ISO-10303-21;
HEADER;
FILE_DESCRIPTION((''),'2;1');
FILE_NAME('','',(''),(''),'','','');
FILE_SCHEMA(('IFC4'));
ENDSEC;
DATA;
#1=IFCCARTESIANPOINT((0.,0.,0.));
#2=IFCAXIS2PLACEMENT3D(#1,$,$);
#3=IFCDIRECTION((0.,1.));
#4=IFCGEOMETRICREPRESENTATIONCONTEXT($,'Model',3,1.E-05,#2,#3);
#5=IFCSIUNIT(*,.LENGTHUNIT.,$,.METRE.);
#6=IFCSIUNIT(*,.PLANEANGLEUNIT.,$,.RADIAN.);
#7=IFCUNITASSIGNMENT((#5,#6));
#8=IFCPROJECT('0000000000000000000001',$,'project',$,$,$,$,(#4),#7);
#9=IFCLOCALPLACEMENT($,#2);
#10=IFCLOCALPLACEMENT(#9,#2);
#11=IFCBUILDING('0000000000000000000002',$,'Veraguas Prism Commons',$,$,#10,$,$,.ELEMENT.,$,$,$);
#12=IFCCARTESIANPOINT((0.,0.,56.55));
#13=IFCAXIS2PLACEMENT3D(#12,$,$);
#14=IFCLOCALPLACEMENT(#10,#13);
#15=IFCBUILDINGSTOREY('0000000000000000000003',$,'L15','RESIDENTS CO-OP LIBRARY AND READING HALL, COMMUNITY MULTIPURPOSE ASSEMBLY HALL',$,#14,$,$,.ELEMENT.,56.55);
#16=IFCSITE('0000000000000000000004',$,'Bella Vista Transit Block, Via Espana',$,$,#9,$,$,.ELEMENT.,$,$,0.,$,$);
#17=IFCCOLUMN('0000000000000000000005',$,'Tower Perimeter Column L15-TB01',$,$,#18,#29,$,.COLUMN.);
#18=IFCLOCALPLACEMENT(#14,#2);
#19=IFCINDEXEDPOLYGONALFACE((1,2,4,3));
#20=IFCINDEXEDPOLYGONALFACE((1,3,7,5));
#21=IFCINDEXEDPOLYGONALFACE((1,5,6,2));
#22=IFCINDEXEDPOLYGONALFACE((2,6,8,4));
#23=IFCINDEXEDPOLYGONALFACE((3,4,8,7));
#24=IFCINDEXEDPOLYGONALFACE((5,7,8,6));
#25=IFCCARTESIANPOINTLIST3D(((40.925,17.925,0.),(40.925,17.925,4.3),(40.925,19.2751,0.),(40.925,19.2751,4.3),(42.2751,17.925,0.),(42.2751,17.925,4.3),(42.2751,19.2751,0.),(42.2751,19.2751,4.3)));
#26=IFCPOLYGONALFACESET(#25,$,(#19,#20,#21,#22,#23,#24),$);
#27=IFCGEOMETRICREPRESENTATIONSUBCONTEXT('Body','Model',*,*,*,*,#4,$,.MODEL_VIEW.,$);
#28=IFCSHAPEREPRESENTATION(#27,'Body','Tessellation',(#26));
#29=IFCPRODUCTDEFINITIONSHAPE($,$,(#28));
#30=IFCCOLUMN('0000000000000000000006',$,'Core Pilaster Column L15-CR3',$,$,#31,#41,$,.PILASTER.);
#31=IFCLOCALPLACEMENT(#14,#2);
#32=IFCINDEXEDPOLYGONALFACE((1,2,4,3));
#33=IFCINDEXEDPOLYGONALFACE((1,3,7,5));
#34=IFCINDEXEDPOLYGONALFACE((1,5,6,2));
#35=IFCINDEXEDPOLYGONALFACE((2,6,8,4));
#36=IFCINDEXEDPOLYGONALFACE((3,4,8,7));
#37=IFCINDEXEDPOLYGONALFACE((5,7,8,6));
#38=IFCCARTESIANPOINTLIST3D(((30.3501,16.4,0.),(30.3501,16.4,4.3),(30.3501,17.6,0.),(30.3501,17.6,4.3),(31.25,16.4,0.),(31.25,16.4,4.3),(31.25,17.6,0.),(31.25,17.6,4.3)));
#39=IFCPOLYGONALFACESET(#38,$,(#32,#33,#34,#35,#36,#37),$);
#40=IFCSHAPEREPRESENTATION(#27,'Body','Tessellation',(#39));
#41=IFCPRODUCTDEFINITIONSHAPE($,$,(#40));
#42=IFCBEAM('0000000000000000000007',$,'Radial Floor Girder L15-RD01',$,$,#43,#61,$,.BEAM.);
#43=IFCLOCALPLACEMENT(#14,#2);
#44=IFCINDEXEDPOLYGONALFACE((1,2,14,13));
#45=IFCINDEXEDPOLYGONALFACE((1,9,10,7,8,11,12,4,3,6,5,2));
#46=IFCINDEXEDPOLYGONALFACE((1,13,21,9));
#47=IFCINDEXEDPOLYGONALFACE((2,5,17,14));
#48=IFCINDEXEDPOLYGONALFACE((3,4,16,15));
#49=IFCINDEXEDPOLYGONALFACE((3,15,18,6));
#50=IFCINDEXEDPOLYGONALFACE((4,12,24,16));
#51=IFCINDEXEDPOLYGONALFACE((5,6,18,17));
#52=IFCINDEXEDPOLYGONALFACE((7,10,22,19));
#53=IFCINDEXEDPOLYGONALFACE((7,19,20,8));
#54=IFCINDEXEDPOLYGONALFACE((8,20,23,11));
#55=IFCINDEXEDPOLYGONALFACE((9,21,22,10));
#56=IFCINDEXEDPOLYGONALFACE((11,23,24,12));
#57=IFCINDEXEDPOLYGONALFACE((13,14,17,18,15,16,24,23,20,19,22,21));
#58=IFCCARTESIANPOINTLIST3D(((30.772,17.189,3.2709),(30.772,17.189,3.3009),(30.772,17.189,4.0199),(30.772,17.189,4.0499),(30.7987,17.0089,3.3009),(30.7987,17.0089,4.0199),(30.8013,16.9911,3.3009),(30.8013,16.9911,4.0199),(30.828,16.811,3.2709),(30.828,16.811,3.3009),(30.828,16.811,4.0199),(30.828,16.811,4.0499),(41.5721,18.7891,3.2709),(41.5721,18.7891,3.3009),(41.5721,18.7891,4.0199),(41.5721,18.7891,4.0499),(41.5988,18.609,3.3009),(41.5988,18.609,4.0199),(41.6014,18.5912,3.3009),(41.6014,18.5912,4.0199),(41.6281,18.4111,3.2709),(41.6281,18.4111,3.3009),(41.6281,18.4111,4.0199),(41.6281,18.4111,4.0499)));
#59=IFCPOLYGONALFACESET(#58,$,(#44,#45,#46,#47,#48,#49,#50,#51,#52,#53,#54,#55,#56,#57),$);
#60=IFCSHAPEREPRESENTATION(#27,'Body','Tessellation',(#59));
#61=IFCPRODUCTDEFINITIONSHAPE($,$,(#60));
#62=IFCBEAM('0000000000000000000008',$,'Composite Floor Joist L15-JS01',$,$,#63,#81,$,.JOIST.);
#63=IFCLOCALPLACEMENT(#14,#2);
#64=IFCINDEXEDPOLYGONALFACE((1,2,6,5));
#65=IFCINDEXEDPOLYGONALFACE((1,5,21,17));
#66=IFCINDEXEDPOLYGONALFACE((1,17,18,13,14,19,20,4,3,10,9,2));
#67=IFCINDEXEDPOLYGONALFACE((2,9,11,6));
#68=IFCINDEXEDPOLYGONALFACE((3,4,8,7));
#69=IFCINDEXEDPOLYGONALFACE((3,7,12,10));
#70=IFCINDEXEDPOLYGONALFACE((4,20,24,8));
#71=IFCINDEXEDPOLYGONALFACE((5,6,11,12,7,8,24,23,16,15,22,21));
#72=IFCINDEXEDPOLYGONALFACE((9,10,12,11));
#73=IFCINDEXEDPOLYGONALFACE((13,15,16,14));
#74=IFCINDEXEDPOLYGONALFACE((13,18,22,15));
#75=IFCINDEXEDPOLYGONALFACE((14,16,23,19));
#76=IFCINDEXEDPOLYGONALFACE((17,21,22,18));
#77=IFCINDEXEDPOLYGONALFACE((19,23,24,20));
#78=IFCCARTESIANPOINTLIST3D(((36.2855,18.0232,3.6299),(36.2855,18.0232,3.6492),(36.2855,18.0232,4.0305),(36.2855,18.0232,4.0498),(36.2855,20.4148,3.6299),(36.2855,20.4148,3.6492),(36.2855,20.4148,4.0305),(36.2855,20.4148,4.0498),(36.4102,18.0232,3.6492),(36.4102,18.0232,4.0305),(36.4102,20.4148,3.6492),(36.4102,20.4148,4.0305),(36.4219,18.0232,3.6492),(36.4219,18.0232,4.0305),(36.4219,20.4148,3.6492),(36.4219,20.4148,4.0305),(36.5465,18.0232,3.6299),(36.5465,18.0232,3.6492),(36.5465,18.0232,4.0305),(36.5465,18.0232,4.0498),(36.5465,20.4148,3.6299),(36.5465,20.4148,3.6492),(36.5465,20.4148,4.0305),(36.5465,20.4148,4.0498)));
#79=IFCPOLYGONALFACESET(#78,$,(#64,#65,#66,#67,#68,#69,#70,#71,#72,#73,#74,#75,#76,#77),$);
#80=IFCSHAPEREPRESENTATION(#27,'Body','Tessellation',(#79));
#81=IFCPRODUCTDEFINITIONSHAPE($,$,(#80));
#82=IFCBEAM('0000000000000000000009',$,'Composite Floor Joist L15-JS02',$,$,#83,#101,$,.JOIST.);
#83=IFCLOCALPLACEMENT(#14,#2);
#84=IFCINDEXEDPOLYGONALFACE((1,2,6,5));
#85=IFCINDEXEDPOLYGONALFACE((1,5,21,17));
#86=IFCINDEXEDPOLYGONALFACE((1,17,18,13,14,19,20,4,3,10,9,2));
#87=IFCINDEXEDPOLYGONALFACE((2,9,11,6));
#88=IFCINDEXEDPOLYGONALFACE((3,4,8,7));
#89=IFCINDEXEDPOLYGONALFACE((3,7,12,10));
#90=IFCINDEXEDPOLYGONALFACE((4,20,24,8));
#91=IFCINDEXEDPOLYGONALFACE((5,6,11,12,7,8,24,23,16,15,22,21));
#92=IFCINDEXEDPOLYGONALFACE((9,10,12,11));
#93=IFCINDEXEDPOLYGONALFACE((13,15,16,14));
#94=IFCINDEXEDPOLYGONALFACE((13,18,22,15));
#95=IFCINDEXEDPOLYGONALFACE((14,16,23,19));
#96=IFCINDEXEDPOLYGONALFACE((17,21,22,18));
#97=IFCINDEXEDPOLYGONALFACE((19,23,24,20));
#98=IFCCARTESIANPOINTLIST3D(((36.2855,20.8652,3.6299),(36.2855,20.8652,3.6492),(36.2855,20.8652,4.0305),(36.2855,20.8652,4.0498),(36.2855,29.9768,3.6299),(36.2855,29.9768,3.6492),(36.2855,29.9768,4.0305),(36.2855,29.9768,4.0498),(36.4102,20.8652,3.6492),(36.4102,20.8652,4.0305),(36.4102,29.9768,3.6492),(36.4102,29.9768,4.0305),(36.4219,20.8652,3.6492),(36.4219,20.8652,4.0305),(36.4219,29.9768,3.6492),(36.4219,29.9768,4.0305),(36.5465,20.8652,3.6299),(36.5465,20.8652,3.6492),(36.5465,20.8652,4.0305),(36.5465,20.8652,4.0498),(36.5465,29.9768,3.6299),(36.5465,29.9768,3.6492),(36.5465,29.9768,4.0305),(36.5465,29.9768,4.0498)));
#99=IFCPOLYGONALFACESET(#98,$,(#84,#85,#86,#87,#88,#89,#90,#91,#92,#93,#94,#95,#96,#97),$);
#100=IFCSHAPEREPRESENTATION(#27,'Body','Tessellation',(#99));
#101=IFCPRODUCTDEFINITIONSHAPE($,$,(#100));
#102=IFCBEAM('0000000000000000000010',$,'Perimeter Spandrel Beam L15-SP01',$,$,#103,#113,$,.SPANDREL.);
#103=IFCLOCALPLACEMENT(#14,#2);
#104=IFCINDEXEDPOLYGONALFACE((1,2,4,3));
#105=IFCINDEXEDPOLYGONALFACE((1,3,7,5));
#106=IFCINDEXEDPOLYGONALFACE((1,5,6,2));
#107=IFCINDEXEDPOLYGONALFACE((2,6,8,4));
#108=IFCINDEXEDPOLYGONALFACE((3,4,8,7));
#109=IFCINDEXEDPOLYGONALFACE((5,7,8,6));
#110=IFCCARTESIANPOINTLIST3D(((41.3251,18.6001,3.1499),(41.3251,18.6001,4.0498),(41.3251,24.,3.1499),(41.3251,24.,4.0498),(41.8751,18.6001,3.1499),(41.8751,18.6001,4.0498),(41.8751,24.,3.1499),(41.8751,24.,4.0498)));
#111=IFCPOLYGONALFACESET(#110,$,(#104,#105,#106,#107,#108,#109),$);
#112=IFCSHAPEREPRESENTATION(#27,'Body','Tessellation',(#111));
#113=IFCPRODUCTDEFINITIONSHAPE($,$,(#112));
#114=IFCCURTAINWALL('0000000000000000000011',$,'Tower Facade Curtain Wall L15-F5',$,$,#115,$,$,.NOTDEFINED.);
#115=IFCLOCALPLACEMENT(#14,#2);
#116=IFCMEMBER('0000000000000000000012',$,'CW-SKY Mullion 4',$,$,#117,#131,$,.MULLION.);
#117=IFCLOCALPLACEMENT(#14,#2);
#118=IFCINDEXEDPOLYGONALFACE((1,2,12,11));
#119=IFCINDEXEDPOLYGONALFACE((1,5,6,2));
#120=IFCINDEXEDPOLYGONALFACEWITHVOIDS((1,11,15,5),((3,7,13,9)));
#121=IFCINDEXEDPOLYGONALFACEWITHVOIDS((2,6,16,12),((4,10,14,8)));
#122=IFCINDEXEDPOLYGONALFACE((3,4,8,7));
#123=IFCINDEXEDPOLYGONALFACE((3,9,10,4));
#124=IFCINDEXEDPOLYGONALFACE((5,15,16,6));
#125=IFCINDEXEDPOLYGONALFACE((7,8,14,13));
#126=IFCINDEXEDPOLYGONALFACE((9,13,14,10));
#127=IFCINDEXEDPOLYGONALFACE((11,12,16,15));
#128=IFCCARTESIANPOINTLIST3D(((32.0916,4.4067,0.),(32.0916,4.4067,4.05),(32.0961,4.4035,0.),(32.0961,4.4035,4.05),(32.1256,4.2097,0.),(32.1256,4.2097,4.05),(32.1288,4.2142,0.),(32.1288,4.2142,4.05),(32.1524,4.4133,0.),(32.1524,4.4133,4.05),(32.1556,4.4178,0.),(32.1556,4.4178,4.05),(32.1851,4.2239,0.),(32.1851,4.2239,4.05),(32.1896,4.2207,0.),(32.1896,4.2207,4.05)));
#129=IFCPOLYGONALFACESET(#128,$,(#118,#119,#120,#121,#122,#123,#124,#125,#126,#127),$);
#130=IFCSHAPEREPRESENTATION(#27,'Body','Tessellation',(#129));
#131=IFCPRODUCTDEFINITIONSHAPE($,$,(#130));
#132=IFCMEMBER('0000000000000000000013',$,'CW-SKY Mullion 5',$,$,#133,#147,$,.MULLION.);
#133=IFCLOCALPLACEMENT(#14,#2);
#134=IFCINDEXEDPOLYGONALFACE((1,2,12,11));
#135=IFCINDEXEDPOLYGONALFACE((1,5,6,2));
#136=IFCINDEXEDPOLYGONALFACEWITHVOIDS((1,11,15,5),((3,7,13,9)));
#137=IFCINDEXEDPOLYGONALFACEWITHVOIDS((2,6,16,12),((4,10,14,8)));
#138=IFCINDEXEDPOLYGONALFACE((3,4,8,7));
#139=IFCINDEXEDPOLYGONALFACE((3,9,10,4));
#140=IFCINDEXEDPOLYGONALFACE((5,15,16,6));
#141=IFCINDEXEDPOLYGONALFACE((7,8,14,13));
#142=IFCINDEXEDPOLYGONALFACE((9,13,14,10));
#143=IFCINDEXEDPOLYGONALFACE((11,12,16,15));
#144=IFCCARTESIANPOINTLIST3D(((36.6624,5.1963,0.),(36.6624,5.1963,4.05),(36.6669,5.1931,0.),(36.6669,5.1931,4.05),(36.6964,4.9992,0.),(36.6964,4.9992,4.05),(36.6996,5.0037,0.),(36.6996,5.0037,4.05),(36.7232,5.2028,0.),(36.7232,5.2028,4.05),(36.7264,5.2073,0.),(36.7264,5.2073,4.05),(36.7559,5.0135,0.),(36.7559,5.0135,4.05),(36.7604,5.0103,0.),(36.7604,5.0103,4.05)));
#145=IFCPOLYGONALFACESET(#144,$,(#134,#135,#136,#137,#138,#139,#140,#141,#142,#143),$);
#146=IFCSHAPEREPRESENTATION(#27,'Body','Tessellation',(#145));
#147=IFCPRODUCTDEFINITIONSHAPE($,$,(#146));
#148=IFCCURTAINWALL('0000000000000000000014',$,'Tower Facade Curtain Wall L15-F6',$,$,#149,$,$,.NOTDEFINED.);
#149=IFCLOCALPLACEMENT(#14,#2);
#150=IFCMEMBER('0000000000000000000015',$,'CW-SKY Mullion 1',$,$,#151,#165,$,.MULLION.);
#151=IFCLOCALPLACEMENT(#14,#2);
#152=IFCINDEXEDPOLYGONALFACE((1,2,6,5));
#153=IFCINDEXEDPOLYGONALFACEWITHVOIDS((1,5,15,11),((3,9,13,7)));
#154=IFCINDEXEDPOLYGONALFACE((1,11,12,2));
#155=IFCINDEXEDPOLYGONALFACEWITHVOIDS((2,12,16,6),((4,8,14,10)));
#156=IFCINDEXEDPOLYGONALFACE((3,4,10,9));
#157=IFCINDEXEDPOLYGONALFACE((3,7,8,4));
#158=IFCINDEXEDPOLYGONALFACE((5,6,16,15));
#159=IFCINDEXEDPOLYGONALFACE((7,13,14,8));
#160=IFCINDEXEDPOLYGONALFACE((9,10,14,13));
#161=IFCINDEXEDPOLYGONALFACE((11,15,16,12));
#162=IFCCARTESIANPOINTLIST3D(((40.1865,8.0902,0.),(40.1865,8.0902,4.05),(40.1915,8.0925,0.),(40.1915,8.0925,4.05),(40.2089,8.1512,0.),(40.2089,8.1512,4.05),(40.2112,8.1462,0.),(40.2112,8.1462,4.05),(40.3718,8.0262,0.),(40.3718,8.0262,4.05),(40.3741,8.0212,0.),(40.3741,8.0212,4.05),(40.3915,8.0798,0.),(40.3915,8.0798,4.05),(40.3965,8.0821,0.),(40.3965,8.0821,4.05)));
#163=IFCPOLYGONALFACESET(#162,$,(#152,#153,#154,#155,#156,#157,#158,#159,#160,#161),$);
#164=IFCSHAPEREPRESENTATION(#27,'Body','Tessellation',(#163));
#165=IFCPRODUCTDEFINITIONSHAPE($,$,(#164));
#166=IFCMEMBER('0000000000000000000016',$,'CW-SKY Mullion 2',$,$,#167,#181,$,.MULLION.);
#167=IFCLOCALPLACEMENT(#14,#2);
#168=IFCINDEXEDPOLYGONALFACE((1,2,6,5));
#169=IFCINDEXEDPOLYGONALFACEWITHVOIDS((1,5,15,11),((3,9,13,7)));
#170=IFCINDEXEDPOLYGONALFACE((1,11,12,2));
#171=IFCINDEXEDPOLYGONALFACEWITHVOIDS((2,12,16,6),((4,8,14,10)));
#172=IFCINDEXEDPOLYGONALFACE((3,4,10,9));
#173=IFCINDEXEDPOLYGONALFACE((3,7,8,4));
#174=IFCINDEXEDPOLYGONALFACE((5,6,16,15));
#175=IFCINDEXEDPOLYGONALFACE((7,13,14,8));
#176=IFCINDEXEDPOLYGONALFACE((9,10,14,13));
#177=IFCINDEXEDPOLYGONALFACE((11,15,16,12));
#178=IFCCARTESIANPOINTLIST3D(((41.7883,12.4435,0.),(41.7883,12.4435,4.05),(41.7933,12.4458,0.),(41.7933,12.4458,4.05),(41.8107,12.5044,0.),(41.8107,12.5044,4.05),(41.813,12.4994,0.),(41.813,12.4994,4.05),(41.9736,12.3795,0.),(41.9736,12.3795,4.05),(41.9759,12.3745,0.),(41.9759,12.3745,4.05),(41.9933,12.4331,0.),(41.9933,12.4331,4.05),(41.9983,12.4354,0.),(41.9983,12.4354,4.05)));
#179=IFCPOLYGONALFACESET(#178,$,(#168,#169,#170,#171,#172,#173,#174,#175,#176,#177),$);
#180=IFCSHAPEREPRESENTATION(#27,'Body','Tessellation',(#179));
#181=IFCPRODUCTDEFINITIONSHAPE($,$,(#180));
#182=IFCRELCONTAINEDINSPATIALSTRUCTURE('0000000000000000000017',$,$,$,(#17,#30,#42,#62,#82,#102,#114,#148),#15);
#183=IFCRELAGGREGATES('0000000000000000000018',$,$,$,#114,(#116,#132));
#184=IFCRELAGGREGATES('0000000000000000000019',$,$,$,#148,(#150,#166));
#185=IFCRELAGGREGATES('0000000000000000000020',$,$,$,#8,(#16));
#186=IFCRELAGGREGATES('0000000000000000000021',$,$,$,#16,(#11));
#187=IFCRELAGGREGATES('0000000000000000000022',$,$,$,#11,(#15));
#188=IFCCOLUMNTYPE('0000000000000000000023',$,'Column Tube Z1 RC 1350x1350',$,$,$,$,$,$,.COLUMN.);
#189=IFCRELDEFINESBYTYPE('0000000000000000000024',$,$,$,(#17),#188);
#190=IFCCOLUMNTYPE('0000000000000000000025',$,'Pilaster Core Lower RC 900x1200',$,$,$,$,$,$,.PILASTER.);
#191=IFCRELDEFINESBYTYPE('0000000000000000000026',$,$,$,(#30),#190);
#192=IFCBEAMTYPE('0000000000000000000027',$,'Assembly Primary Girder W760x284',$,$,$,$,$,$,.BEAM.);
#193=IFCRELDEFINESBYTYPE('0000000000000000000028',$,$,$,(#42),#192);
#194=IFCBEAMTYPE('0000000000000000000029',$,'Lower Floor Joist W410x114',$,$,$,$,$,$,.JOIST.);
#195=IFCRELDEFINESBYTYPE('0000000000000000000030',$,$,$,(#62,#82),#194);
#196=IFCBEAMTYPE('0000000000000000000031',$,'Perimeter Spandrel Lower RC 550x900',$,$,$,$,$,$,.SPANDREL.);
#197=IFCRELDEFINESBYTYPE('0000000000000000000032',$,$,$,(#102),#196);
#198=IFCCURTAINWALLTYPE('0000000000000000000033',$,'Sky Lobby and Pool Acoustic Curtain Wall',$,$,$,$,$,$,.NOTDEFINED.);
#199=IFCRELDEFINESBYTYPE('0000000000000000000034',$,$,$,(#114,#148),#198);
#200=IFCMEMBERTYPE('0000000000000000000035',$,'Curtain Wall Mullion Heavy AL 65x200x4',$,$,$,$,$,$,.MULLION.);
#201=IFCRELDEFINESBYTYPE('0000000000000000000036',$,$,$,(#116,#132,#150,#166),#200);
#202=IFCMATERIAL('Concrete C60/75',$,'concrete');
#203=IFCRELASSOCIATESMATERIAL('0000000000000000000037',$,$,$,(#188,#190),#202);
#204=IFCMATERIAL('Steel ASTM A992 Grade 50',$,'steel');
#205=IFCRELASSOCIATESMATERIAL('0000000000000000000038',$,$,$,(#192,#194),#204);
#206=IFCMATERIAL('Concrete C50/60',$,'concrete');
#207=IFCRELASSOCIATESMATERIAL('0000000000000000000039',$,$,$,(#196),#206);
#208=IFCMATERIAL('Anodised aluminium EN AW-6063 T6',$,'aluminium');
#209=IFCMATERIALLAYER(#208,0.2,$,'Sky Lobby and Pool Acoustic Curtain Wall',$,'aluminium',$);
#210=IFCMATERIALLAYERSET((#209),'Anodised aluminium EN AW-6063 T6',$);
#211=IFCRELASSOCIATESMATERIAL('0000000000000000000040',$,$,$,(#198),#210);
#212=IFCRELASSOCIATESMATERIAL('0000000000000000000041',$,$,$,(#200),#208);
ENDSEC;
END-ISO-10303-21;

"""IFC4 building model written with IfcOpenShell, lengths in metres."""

from ifc_helpers import new_model, si_unit, direction, frame, origin, origin_2d, place, context, subcontext, project, spatial, rectangle, hollow_rectangle, i_section, extrude, source, transform, mapped, material, layer, layer_set, material_profile, profile_set, type_object, element, aggregate, save


model = new_model("IFC4")

# Units and contexts
model_context = context("Model", 3, precision=1e-05, world=origin(), true_north=direction((0.0, 1.0)))
body_context = subcontext(model_context, "Body", "Model", "MODEL_VIEW")
ifc_project = project(units=[si_unit("LENGTHUNIT", "METRE"), si_unit("PLANEANGLEUNIT", "RADIAN")], contexts=[model_context])

# Site, building, storey
site_placement = place(None, origin())
site = spatial("IfcSite", under=ifc_project, at=site_placement, Name="Bella Vista Transit Block, Via Espana", CompositionType="ELEMENT", RefElevation=0.0)
building_placement = place(site_placement, origin())
building = spatial("IfcBuilding", under=site, at=building_placement, Name="Veraguas Prism Commons", CompositionType="ELEMENT")
storey_placement = place(building_placement, frame((0.0, 0.0, 56.55)))
storey = spatial("IfcBuildingStorey", under=building, at=storey_placement, Name="L15", Description="RESIDENTS CO-OP LIBRARY AND READING HALL, COMMUNITY MULTIPURPOSE ASSEMBLY HALL", CompositionType="ELEMENT", Elevation=56.55)

# Columns
ifc_material_1 = material(Name="Concrete C60/75", Category="concrete")
ifc_material_profile_1 = material_profile(ifc_material_1, rectangle(XDim=1.3501, YDim=1.3501, at=origin_2d()), Name="RC1350X1350")
ifc_profile_set_1 = profile_set([ifc_material_profile_1], Name="Concrete C60/75")
column_type_1 = type_object("IfcColumnType", Name="Column Tube Z1 RC 1350x1350", PredefinedType="COLUMN", material=ifc_profile_set_1)
column_1_placement = place(storey_placement, frame((41.6001, 18.6001, 0.0), z_axis=(0.0, 0.0, 1.0), x_axis=(1.0, 0.0, 0.0)))
element("IfcColumn", 1, at=column_1_placement, inside=storey, type_object=column_type_1, Name="Tower Perimeter Column L15-TB01", PredefinedType="COLUMN", context=body_context, shape_type="SweptSolid", body=[
    extrude(rectangle(XDim=1.3501, YDim=1.3501, at=origin_2d()), origin(), (0.0, 0.0, 1.0), 4.3),
])
ifc_material_profile_2 = material_profile(ifc_material_1, rectangle(XDim=0.8999, YDim=1.2, at=origin_2d()), Name="RC900X1200")
ifc_profile_set_2 = profile_set([ifc_material_profile_2], Name="Concrete C60/75")
column_type_2 = type_object("IfcColumnType", Name="Pilaster Core Lower RC 900x1200", PredefinedType="PILASTER", material=ifc_profile_set_2)
column_2_placement = place(storey_placement, frame((30.8, 17.0, 0.0), z_axis=(0.0, 0.0, 1.0), x_axis=(1.0, 0.0, 0.0)))
element("IfcColumn", 2, at=column_2_placement, inside=storey, type_object=column_type_2, Name="Core Pilaster Column L15-CR3", PredefinedType="PILASTER", context=body_context, shape_type="SweptSolid", body=[
    extrude(rectangle(XDim=0.8999, YDim=1.2, at=origin_2d()), origin(), (0.0, 0.0, 1.0), 4.3),
])

# Beams
ifc_material_2 = material(Name="Steel ASTM A992 Grade 50", Category="steel")
ifc_material_profile_3 = material_profile(ifc_material_2, i_section(OverallWidth=0.3821, OverallDepth=0.7791, WebThickness=0.0181, FlangeThickness=0.03, at=origin_2d()), Name="W760X284")
ifc_profile_set_3 = profile_set([ifc_material_profile_3], Name="Steel ASTM A992 Grade 50")
beam_type_1 = type_object("IfcBeamType", Name="Assembly Primary Girder W760x284", PredefinedType="BEAM", material=ifc_profile_set_3)
beam_1_placement = place(storey_placement, frame((41.6001, 18.6001, 3.6604), z_axis=(-0.989202, -0.146557, 0.0), x_axis=(0.146557, -0.989202, 0.0)))
element("IfcBeam", 3, at=beam_1_placement, inside=storey, type_object=beam_type_1, Name="Radial Floor Girder L15-RD01", PredefinedType="BEAM", context=body_context, shape_type="SweptSolid", body=[
    extrude(i_section(OverallWidth=0.3821, OverallDepth=0.7791, WebThickness=0.0181, FlangeThickness=0.03, at=origin_2d()), origin(), (0.0, 0.0, 1.0), 10.918),
])
ifc_material_profile_4 = material_profile(ifc_material_2, i_section(OverallWidth=0.261, OverallDepth=0.4199, WebThickness=0.0117, FlangeThickness=0.0193, at=origin_2d()), Name="W410X114")
ifc_profile_set_4 = profile_set([ifc_material_profile_4], Name="Steel ASTM A992 Grade 50")
beam_type_2 = type_object("IfcBeamType", Name="Lower Floor Joist W410x114", PredefinedType="JOIST", material=ifc_profile_set_4)
beam_2_placement = place(storey_placement, frame((36.416, 18.0232, 3.8398), z_axis=(0.0, 1.0, 0.0), x_axis=(-1.0, 0.0, 0.0)))
element("IfcBeam", 4, at=beam_2_placement, inside=storey, type_object=beam_type_2, Name="Composite Floor Joist L15-JS01", PredefinedType="JOIST", context=body_context, shape_type="SweptSolid", body=[
    extrude(i_section(OverallWidth=0.261, OverallDepth=0.4199, WebThickness=0.0117, FlangeThickness=0.0193, at=origin_2d()), origin(), (0.0, 0.0, 1.0), 2.3916),
])
beam_3_placement = place(storey_placement, frame((36.416, 20.8652, 3.8398), z_axis=(0.0, 1.0, 0.0), x_axis=(-1.0, 0.0, 0.0)))
element("IfcBeam", 5, at=beam_3_placement, inside=storey, type_object=beam_type_2, Name="Composite Floor Joist L15-JS02", PredefinedType="JOIST", context=body_context, shape_type="SweptSolid", body=[
    extrude(i_section(OverallWidth=0.261, OverallDepth=0.4199, WebThickness=0.0117, FlangeThickness=0.0193, at=origin_2d()), origin(), (0.0, 0.0, 1.0), 9.1116),
])
ifc_material_3 = material(Name="Concrete C50/60", Category="concrete")
ifc_material_profile_5 = material_profile(ifc_material_3, rectangle(XDim=0.55, YDim=0.8999, at=origin_2d()), Name="RC550X900")
ifc_profile_set_5 = profile_set([ifc_material_profile_5], Name="Concrete C50/60")
beam_type_3 = type_object("IfcBeamType", Name="Perimeter Spandrel Lower RC 550x900", PredefinedType="SPANDREL", material=ifc_profile_set_5)
beam_4_placement = place(storey_placement, frame((41.6001, 18.6001, 3.5999), z_axis=(0.0, 1.0, 0.0), x_axis=(-1.0, 0.0, 0.0)))
element("IfcBeam", 6, at=beam_4_placement, inside=storey, type_object=beam_type_3, Name="Perimeter Spandrel Beam L15-SP01", PredefinedType="SPANDREL", context=body_context, shape_type="SweptSolid", body=[
    extrude(rectangle(XDim=0.55, YDim=0.8999, at=origin_2d()), origin(), (0.0, 0.0, 1.0), 5.3999),
])

# Curtain walls, members
ifc_material_4 = material(Name="Anodised aluminium EN AW-6063 T6", Category="aluminium")
ifc_layer_1 = layer(ifc_material_4, 0.2, Name="Sky Lobby and Pool Acoustic Curtain Wall", Category="aluminium")
ifc_layer_set_1 = layer_set([ifc_layer_1], Name="Anodised aluminium EN AW-6063 T6")
curtain_wall_type = type_object("IfcCurtainWallType", Name="Sky Lobby and Pool Acoustic Curtain Wall", PredefinedType="NOTDEFINED", material=ifc_layer_set_1)
curtain_wall_1_placement = place(storey_placement, origin())
curtain_wall_1 = element("IfcCurtainWall", 7, at=curtain_wall_1_placement, inside=storey, type_object=curtain_wall_type, Name="Tower Facade Curtain Wall L15-F5", PredefinedType="NOTDEFINED")
ifc_material_profile_6 = material_profile(ifc_material_4, hollow_rectangle(XDim=0.0649, YDim=0.2, WallThickness=0.0039, at=origin_2d()), Name="AL65X200X4")
ifc_profile_set_6 = profile_set([ifc_material_profile_6], Name="Anodised aluminium EN AW-6063 T6")
member_type_1 = type_object("IfcMemberType", Name="Curtain Wall Mullion Heavy AL 65x200x4", PredefinedType="MULLION", material=ifc_profile_set_6)
shared_shape_1 = source(origin(), body_context, "Body", "SweptSolid", [
    extrude(hollow_rectangle(XDim=0.0649, YDim=0.2, WallThickness=0.0039, at=origin_2d()), origin(), (0.0, 0.0, 1.0), 4.05),
])
member_1_placement = place(storey_placement, frame((32.1406, 4.3137, 0.0), z_axis=(0.0, 0.0, 1.0), x_axis=(0.985408, 0.170209, 0.0)))
member_1 = element("IfcMember", 8, at=member_1_placement, type_object=member_type_1, Name="CW-SKY Mullion 4", PredefinedType="MULLION", context=body_context, shape_type="MappedRepresentation", body=[
    mapped(shared_shape_1, transform((0.0, 0.0, 0.0), scale=1.0)),
])
member_2_placement = place(storey_placement, frame((36.7114, 5.1033, 0.0), z_axis=(0.0, 0.0, 1.0), x_axis=(0.985408, 0.170209, 0.0)))
member_2 = element("IfcMember", 9, at=member_2_placement, type_object=member_type_1, Name="CW-SKY Mullion 5", PredefinedType="MULLION", context=body_context, shape_type="MappedRepresentation", body=[
    mapped(shared_shape_1, transform((0.0, 0.0, 0.0), scale=1.0)),
])
curtain_wall_2_placement = place(storey_placement, origin())
curtain_wall_2 = element("IfcCurtainWall", 10, at=curtain_wall_2_placement, inside=storey, type_object=curtain_wall_type, Name="Tower Facade Curtain Wall L15-F6", PredefinedType="NOTDEFINED")
member_3_placement = place(storey_placement, frame((40.2915, 8.0862, 0.0), z_axis=(0.0, 0.0, 1.0), x_axis=(0.345301, 0.938492, 0.0)))
member_3 = element("IfcMember", 11, at=member_3_placement, type_object=member_type_1, Name="CW-SKY Mullion 1", PredefinedType="MULLION", context=body_context, shape_type="MappedRepresentation", body=[
    mapped(shared_shape_1, transform((0.0, 0.0, 0.0), scale=1.0)),
])
member_4_placement = place(storey_placement, frame((41.8933, 12.4395, 0.0), z_axis=(0.0, 0.0, 1.0), x_axis=(0.345301, 0.938492, 0.0)))
member_4 = element("IfcMember", 12, at=member_4_placement, type_object=member_type_1, Name="CW-SKY Mullion 2", PredefinedType="MULLION", context=body_context, shape_type="MappedRepresentation", body=[
    mapped(shared_shape_1, transform((0.0, 0.0, 0.0), scale=1.0)),
])

aggregate(curtain_wall_1, [member_1, member_2])
aggregate(curtain_wall_2, [member_3, member_4])

save(model, "model.ifc")
